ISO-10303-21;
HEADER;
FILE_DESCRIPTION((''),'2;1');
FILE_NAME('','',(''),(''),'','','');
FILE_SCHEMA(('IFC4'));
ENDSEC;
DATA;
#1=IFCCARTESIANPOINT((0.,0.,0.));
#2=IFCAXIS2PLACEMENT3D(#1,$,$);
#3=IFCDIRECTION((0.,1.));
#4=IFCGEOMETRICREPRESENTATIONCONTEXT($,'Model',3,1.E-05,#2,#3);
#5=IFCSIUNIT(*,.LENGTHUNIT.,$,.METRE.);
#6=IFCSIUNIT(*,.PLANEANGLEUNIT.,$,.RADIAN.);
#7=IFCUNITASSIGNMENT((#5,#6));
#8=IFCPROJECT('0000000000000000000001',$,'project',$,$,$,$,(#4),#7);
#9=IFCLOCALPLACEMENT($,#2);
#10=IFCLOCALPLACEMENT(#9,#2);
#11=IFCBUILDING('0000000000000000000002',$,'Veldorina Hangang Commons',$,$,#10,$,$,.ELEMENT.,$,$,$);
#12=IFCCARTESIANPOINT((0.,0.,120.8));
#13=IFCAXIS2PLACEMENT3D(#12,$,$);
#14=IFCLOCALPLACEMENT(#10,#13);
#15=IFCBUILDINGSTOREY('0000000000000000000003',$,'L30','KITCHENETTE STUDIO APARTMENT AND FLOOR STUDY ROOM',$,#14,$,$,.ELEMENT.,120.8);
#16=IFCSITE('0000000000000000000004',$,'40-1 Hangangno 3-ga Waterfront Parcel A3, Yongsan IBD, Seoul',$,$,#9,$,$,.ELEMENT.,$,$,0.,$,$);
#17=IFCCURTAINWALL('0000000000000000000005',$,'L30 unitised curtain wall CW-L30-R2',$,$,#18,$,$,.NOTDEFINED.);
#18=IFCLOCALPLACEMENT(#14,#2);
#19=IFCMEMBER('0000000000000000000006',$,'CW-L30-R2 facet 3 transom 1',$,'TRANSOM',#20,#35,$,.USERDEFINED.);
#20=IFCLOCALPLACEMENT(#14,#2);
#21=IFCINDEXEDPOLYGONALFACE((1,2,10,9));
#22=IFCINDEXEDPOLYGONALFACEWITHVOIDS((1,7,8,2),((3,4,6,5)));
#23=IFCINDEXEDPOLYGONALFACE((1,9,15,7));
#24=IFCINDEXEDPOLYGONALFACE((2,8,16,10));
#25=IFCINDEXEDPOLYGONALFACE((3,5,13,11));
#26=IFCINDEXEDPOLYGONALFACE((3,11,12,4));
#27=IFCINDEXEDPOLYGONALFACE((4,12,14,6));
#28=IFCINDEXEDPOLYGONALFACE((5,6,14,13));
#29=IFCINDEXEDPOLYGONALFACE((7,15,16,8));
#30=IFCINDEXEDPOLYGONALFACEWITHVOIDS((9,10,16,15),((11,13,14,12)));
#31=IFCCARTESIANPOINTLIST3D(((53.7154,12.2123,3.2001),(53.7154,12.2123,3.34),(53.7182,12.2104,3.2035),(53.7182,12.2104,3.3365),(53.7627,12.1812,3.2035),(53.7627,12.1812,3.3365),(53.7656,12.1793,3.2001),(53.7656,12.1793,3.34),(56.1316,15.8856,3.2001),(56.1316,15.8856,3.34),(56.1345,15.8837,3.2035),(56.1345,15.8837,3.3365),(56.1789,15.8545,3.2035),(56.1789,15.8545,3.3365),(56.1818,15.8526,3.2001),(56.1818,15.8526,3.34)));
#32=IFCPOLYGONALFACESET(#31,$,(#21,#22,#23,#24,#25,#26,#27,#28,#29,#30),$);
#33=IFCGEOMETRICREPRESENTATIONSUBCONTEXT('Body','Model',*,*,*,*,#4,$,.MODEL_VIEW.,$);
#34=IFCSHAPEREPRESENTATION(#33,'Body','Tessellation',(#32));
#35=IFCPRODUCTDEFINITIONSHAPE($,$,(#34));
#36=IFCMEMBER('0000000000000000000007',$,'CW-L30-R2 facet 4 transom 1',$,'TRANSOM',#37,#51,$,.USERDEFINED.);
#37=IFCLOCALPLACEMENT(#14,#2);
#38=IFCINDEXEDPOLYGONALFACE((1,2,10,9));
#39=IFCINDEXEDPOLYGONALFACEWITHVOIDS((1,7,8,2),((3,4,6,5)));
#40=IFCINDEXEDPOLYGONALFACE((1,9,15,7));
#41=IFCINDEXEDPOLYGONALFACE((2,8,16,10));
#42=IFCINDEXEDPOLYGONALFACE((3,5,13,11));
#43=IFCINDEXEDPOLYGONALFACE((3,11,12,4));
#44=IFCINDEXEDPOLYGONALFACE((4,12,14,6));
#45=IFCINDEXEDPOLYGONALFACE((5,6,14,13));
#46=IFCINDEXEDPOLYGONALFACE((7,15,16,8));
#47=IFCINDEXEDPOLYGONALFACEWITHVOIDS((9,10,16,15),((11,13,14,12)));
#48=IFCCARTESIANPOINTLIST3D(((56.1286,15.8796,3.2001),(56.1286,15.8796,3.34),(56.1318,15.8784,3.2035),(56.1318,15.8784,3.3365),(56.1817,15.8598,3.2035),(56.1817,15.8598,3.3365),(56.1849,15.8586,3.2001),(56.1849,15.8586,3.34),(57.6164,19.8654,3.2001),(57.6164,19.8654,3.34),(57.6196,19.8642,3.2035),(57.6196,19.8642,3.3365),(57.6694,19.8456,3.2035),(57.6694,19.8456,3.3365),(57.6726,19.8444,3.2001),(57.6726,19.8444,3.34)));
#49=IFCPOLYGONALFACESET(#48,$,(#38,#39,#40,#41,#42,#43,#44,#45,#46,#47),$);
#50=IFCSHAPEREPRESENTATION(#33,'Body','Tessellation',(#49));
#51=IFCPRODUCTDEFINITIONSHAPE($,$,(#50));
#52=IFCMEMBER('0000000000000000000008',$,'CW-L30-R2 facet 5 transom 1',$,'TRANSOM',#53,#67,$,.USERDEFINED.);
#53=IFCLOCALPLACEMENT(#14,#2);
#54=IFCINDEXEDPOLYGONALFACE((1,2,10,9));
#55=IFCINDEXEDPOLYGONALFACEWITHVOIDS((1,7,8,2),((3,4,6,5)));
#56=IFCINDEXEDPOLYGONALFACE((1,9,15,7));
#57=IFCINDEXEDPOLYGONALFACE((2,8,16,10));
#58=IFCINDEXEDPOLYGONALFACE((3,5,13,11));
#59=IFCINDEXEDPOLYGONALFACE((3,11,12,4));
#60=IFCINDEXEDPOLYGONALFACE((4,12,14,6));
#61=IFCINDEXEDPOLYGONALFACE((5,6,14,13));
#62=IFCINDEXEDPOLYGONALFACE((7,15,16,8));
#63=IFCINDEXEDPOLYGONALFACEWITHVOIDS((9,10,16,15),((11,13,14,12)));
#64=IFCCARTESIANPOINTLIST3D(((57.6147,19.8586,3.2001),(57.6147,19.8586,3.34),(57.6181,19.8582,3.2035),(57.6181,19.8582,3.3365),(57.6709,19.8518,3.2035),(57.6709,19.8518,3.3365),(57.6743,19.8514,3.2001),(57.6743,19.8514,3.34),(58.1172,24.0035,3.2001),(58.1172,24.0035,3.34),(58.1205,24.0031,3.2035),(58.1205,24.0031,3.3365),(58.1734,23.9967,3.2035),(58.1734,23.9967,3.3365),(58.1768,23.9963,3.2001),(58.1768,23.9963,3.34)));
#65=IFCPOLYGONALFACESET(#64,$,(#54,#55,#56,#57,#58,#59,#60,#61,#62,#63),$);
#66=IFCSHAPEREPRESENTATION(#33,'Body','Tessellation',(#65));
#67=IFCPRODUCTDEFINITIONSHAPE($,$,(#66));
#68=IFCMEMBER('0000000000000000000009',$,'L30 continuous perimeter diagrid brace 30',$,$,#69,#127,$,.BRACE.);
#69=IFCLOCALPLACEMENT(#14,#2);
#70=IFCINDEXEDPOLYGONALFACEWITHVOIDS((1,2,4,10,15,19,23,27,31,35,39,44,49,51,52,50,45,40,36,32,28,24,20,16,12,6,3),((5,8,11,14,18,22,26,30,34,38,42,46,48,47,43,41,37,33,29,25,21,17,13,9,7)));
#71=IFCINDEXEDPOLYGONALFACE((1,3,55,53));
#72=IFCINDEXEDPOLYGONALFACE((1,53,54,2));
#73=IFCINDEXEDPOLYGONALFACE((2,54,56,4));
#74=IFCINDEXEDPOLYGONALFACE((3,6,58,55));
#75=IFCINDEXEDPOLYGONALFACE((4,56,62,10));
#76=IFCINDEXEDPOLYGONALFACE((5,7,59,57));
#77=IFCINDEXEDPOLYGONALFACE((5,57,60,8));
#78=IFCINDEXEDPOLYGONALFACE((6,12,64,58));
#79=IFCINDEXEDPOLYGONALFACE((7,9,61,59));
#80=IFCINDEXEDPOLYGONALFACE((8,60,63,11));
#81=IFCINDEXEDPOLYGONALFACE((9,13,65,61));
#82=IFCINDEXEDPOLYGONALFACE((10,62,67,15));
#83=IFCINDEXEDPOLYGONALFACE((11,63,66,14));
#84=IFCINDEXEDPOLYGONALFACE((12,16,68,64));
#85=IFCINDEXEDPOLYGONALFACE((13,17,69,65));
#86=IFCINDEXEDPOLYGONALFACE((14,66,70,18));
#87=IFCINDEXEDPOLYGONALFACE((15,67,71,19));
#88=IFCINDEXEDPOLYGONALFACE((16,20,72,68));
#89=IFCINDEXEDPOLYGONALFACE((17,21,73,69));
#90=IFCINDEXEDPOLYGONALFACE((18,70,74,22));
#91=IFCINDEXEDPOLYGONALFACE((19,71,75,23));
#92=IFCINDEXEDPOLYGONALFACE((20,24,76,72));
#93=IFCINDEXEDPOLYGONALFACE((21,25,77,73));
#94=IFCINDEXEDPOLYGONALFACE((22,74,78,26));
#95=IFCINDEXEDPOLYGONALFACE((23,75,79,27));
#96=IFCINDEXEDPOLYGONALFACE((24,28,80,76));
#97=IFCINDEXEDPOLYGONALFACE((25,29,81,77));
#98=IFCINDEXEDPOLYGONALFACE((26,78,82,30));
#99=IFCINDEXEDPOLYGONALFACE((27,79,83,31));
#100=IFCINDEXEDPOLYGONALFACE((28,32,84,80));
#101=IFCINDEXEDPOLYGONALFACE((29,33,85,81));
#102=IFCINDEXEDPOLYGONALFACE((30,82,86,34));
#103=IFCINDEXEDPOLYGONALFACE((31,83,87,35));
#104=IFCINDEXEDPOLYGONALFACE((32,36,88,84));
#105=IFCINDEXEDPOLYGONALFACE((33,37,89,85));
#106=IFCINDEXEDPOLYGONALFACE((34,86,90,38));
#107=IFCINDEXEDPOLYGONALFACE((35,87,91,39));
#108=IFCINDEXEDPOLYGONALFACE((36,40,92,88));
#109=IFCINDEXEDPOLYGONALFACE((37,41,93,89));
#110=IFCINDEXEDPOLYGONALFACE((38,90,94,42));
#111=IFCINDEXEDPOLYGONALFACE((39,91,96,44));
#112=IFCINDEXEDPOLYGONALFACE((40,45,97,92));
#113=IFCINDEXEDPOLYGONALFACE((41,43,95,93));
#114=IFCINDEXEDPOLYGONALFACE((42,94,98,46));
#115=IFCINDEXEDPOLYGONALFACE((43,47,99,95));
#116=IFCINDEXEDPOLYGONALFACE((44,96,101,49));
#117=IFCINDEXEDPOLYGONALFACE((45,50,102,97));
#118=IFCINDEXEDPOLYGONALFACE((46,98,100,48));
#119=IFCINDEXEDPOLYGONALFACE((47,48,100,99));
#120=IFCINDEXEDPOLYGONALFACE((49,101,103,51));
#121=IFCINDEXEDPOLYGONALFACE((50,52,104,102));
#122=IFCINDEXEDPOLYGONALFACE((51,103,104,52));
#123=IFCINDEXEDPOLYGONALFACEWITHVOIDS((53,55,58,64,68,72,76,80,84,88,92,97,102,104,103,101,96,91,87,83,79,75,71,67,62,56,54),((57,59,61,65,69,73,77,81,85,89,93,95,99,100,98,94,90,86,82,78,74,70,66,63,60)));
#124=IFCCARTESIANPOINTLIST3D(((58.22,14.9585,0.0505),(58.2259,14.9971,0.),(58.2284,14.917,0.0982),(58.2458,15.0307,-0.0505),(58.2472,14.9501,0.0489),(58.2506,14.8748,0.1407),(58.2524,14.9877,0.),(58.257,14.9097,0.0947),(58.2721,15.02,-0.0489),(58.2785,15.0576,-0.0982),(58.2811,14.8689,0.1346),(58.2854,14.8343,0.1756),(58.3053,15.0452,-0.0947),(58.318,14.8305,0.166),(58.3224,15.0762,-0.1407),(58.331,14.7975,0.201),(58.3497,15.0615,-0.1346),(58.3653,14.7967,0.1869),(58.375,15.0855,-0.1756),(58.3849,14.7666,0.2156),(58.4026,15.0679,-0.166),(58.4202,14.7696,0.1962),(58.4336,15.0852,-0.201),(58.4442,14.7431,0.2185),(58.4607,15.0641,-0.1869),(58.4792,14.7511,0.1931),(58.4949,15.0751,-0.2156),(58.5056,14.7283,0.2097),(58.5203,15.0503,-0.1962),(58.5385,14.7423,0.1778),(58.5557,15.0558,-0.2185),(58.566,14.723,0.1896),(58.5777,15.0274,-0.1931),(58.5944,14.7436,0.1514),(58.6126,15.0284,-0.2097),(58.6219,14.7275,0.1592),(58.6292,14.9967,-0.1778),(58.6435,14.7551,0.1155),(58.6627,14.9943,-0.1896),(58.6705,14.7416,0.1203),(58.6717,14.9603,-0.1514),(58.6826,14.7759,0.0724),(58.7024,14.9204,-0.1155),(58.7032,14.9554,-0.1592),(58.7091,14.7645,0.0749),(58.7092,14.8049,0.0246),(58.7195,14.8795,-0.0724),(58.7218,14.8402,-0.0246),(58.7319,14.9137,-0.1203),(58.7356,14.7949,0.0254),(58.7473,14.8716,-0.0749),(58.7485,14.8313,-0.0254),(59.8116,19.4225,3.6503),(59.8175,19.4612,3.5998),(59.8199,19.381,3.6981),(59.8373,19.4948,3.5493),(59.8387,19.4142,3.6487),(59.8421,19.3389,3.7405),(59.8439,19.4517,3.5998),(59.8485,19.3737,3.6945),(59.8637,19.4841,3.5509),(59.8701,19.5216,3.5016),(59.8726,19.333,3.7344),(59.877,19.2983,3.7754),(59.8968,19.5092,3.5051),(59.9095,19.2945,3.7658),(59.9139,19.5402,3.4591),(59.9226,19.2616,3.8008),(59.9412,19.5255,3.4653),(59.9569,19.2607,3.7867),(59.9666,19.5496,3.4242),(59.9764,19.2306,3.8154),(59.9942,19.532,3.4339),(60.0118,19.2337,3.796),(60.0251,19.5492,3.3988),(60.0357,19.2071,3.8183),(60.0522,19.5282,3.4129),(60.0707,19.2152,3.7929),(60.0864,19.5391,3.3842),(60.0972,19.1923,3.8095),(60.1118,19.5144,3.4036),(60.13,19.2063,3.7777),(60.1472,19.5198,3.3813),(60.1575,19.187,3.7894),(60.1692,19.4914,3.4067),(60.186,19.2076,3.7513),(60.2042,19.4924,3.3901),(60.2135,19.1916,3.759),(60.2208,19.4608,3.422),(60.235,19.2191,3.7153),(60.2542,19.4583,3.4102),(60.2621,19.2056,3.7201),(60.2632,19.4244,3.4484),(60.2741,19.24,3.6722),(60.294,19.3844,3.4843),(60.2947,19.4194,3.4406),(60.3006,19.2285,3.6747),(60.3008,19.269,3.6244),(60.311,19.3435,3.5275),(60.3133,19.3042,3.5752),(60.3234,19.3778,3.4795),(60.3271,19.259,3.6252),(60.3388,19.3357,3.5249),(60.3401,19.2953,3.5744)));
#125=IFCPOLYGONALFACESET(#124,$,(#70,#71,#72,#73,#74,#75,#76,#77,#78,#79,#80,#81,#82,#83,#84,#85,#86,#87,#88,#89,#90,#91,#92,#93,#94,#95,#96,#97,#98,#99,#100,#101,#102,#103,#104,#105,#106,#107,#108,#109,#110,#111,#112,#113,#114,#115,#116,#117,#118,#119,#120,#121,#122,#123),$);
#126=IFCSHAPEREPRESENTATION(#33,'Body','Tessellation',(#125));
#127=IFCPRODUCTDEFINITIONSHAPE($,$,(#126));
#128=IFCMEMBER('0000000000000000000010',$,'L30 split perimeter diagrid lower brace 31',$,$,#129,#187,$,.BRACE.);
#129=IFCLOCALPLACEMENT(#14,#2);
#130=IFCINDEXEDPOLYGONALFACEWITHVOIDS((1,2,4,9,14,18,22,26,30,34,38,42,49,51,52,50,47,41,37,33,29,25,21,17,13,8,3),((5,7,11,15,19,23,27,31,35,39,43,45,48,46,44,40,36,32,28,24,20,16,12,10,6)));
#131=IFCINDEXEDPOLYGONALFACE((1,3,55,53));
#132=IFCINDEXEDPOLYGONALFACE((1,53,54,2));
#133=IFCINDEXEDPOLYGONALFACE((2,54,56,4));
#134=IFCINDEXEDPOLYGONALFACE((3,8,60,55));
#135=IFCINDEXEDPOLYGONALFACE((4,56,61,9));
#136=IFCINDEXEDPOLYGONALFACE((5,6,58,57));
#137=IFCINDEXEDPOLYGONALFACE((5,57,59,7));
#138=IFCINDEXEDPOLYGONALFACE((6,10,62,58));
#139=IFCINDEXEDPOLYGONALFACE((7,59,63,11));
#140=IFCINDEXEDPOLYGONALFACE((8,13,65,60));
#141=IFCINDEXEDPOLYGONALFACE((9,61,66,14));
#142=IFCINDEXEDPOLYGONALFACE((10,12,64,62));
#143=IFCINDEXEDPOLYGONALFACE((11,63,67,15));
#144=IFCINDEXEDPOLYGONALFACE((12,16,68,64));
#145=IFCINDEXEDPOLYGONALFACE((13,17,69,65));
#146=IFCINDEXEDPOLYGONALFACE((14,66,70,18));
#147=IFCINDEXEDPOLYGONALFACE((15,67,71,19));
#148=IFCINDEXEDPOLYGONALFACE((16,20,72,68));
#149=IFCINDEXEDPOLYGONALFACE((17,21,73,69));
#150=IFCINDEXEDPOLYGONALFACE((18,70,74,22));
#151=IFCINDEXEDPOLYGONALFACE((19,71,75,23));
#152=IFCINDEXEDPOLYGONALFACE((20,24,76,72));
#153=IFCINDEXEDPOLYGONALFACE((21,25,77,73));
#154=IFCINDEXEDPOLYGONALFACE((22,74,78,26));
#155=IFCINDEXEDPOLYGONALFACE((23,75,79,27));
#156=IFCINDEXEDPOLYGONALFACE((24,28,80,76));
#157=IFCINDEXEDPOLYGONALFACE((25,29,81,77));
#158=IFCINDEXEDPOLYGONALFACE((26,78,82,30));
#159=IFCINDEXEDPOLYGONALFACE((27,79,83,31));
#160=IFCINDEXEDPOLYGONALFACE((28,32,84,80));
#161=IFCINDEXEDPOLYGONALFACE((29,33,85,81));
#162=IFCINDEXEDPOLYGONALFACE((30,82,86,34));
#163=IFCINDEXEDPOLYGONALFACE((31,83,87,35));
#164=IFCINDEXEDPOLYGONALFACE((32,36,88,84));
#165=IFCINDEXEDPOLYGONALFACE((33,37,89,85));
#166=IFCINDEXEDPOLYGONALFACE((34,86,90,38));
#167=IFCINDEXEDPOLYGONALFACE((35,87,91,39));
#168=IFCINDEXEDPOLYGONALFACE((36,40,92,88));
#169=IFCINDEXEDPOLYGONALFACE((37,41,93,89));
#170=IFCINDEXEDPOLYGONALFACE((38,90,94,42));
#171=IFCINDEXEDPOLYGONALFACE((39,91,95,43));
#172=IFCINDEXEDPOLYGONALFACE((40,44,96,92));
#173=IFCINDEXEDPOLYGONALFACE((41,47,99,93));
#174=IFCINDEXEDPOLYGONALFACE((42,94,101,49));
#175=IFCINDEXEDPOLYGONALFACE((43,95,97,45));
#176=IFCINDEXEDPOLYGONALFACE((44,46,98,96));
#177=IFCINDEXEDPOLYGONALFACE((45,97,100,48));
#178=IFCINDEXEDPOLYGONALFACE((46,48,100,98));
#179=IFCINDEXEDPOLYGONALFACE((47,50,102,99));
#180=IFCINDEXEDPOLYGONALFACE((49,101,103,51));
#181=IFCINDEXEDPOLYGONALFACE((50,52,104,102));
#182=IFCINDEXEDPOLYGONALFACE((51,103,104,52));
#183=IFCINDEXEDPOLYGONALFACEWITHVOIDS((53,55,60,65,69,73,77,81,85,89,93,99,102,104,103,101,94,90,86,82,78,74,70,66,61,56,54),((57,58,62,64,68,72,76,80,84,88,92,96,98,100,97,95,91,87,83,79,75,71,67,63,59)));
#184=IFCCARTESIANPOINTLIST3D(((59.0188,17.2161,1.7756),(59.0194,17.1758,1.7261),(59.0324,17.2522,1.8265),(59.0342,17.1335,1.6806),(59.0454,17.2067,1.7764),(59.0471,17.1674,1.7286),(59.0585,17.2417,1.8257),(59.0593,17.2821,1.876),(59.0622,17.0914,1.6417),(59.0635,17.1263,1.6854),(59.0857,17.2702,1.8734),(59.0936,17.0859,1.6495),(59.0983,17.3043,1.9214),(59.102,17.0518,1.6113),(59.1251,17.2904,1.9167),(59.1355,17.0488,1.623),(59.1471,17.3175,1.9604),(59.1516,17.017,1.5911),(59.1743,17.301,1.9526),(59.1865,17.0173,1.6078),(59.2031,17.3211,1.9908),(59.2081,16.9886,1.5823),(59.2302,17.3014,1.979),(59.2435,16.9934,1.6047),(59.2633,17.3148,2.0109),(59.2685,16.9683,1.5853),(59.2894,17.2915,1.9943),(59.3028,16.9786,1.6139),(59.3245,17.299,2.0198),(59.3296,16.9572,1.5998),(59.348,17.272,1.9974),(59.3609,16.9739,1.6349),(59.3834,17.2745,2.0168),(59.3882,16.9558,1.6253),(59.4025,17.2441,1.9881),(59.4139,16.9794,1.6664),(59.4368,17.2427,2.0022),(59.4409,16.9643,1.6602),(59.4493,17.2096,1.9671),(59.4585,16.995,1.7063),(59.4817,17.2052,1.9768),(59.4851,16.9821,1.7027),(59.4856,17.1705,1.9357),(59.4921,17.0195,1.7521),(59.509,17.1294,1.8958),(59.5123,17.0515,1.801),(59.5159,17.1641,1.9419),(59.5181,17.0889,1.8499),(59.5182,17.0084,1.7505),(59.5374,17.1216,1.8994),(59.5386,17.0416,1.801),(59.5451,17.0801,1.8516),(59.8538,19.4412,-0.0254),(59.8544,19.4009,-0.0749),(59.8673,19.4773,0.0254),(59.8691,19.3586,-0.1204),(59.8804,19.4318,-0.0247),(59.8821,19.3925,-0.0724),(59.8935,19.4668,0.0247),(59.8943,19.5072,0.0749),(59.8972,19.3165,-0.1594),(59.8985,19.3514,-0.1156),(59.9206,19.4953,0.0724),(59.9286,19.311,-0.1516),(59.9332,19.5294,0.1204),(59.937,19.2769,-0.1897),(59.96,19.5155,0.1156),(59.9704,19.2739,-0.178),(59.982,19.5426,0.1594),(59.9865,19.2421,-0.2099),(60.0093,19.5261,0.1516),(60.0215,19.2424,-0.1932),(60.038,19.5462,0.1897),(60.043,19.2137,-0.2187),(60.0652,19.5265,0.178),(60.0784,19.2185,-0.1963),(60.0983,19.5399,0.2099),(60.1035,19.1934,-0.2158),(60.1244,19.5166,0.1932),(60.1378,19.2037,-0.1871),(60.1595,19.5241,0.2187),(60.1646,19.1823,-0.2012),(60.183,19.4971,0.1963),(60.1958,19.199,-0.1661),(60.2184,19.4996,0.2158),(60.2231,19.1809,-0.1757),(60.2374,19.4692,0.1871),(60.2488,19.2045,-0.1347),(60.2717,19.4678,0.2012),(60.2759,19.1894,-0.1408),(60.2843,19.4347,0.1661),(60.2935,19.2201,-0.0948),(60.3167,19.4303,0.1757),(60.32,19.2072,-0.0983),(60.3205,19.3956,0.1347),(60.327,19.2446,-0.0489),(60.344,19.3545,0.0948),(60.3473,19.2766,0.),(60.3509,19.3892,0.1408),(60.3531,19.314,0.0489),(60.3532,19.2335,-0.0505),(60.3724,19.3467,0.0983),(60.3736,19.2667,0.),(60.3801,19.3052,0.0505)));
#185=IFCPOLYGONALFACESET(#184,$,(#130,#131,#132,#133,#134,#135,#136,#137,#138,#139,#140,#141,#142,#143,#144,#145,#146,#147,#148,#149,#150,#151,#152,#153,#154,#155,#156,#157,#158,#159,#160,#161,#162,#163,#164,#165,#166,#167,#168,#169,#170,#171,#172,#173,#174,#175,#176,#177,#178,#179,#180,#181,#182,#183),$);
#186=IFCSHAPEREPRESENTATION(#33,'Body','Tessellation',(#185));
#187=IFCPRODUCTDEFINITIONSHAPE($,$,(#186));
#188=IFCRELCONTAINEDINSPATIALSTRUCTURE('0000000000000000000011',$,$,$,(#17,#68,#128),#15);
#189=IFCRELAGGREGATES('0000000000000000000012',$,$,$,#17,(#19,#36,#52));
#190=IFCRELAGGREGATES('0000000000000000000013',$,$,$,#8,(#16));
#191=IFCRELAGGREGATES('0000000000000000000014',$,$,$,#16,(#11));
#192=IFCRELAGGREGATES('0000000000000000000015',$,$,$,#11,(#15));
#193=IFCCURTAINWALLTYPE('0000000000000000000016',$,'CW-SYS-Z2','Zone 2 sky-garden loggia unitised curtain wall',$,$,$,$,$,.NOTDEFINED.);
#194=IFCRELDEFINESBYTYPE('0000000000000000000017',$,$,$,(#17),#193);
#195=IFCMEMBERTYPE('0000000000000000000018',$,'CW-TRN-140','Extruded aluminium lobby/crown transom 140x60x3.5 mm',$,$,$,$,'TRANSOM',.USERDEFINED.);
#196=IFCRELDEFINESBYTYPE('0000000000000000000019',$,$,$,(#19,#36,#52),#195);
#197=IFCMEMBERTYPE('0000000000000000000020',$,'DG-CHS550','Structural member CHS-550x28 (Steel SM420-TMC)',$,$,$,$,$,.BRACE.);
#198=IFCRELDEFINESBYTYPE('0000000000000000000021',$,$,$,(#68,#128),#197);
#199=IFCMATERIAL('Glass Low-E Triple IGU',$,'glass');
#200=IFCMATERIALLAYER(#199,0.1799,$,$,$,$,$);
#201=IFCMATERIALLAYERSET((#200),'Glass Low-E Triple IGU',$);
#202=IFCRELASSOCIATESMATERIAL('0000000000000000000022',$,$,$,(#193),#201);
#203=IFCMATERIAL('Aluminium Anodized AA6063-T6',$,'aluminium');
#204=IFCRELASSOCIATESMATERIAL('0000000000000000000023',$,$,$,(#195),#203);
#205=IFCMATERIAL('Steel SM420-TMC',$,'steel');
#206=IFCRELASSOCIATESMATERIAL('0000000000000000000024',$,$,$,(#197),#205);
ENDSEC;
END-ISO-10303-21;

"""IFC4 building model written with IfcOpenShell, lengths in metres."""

from ifc_helpers import new_model, si_unit, direction, frame, origin, origin_2d, place, context, subcontext, project, spatial, hollow_rectangle, hollow_circle, extrude, material, layer, layer_set, material_profile, profile_set, type_object, element, aggregate, save


model = new_model("IFC4")

# Units and contexts
model_context = context("Model", 3, precision=1e-05, world=origin(), true_north=direction((0.0, 1.0)))
body_context = subcontext(model_context, "Body", "Model", "MODEL_VIEW")
ifc_project = project(units=[si_unit("LENGTHUNIT", "METRE"), si_unit("PLANEANGLEUNIT", "RADIAN")], contexts=[model_context])

# Site, building, storey
site_placement = place(None, origin())
site = spatial("IfcSite", under=ifc_project, at=site_placement, Name="40-1 Hangangno 3-ga Waterfront Parcel A3, Yongsan IBD, Seoul", CompositionType="ELEMENT", RefElevation=0.0)
building_placement = place(site_placement, origin())
building = spatial("IfcBuilding", under=site, at=building_placement, Name="Veldorina Hangang Commons", CompositionType="ELEMENT")
storey_placement = place(building_placement, frame((0.0, 0.0, 120.8)))
storey = spatial("IfcBuildingStorey", under=building, at=storey_placement, Name="L30", Description="KITCHENETTE STUDIO APARTMENT AND FLOOR STUDY ROOM", CompositionType="ELEMENT", Elevation=120.8)

# Shared definitions
ifc_material_1 = material(Name="Steel SM420-TMC", Category="steel")

# Curtain wall, members
ifc_material_2 = material(Name="Glass Low-E Triple IGU", Category="glass")
ifc_layer_1 = layer(ifc_material_2, 0.1799)
ifc_layer_set_1 = layer_set([ifc_layer_1], Name="Glass Low-E Triple IGU")
curtain_wall_type = type_object("IfcCurtainWallType", Name="CW-SYS-Z2", Description="Zone 2 sky-garden loggia unitised curtain wall", PredefinedType="NOTDEFINED", material=ifc_layer_set_1)
curtain_wall_placement = place(storey_placement, origin())
curtain_wall = element("IfcCurtainWall", 1, at=curtain_wall_placement, inside=storey, type_object=curtain_wall_type, Name="L30 unitised curtain wall CW-L30-R2", PredefinedType="NOTDEFINED")
ifc_material_3 = material(Name="Aluminium Anodized AA6063-T6", Category="aluminium")
ifc_material_profile_1 = material_profile(ifc_material_3, hollow_rectangle(XDim=0.0601, YDim=0.1399, WallThickness=0.0034, at=origin_2d()), Name="ALU-RHS-140x60x3.5")
ifc_profile_set_1 = profile_set([ifc_material_profile_1], Name="Aluminium Anodized AA6063-T6")
member_type_1 = type_object("IfcMemberType", Name="CW-TRN-140", Description="Extruded aluminium lobby/crown transom 140x60x3.5 mm", ElementType="TRANSOM", PredefinedType="USERDEFINED", material=ifc_profile_set_1)
member_1_placement = place(storey_placement, frame((53.7405, 12.1958, 3.27), z_axis=(0.549551, 0.83546, 0.0), x_axis=(-0.83546, 0.549551, 0.0)))
member_1 = element("IfcMember", 2, at=member_1_placement, type_object=member_type_1, Name="CW-L30-R2 facet 3 transom 1", ObjectType="TRANSOM", PredefinedType="USERDEFINED", context=body_context, shape_type="SweptSolid", body=[
    extrude(hollow_rectangle(XDim=0.0601, YDim=0.1399, WallThickness=0.0034, at=origin_2d()), origin(), (0.0, 0.0, 1.0), 4.3967),
])
member_2_placement = place(storey_placement, frame((56.1567, 15.8691, 3.27), z_axis=(0.349702, 0.936861, 0.0), x_axis=(-0.936861, 0.349702, 0.0)))
member_2 = element("IfcMember", 3, at=member_2_placement, type_object=member_type_1, Name="CW-L30-R2 facet 4 transom 1", ObjectType="TRANSOM", PredefinedType="USERDEFINED", context=body_context, shape_type="SweptSolid", body=[
    extrude(hollow_rectangle(XDim=0.0601, YDim=0.1399, WallThickness=0.0034, at=origin_2d()), origin(), (0.0, 0.0, 1.0), 4.2544),
])
member_3_placement = place(storey_placement, frame((57.6445, 19.855, 3.27), z_axis=(0.120335, 0.992733, 0.0), x_axis=(-0.992733, 0.120335, 0.0)))
member_3 = element("IfcMember", 4, at=member_3_placement, type_object=member_type_1, Name="CW-L30-R2 facet 5 transom 1", ObjectType="TRANSOM", PredefinedType="USERDEFINED", context=body_context, shape_type="SweptSolid", body=[
    extrude(hollow_rectangle(XDim=0.0601, YDim=0.1399, WallThickness=0.0034, at=origin_2d()), origin(), (0.0, 0.0, 1.0), 4.1753),
])

# Members
ifc_material_profile_2 = material_profile(ifc_material_1, hollow_circle(Radius=0.2749, WallThickness=0.0281, at=origin_2d()), Name="CHS-550x28")
ifc_profile_set_2 = profile_set([ifc_material_profile_2], Name="Steel SM420-TMC")
member_type_2 = type_object("IfcMemberType", Name="DG-CHS550", Description="Structural member CHS-550x28 (Steel SM420-TMC)", PredefinedType="BRACE", material=ifc_profile_set_2)
member_4_placement = place(storey_placement, frame((58.4849, 14.9048, 0.0), z_axis=(0.267421, 0.750083, 0.604866), x_axis=(-0.941927, 0.335817, 0.0)))
element("IfcMember", 5, at=member_4_placement, inside=storey, type_object=member_type_2, Name="L30 continuous perimeter diagrid brace 30", PredefinedType="BRACE", context=body_context, shape_type="SweptSolid", body=[
    extrude(hollow_circle(Radius=0.2749, WallThickness=0.0281, at=origin_2d()), origin(), (0.0, 0.0, 1.0), 5.9514),
])
member_5_placement = place(storey_placement, frame((60.1162, 19.3633, 0.0), z_axis=(-0.280007, -0.746194, 0.60398), x_axis=(0.936253, -0.351326, 0.0)))
element("IfcMember", 6, at=member_5_placement, inside=storey, type_object=member_type_2, Name="L30 split perimeter diagrid lower brace 31", PredefinedType="BRACE", context=body_context, shape_type="SweptSolid", body=[
    extrude(hollow_circle(Radius=0.2749, WallThickness=0.0281, at=origin_2d()), origin(), (0.0, 0.0, 1.0), 2.9819),
])

aggregate(curtain_wall, [member_1, member_2, member_3])

save(model, "model.ifc")
